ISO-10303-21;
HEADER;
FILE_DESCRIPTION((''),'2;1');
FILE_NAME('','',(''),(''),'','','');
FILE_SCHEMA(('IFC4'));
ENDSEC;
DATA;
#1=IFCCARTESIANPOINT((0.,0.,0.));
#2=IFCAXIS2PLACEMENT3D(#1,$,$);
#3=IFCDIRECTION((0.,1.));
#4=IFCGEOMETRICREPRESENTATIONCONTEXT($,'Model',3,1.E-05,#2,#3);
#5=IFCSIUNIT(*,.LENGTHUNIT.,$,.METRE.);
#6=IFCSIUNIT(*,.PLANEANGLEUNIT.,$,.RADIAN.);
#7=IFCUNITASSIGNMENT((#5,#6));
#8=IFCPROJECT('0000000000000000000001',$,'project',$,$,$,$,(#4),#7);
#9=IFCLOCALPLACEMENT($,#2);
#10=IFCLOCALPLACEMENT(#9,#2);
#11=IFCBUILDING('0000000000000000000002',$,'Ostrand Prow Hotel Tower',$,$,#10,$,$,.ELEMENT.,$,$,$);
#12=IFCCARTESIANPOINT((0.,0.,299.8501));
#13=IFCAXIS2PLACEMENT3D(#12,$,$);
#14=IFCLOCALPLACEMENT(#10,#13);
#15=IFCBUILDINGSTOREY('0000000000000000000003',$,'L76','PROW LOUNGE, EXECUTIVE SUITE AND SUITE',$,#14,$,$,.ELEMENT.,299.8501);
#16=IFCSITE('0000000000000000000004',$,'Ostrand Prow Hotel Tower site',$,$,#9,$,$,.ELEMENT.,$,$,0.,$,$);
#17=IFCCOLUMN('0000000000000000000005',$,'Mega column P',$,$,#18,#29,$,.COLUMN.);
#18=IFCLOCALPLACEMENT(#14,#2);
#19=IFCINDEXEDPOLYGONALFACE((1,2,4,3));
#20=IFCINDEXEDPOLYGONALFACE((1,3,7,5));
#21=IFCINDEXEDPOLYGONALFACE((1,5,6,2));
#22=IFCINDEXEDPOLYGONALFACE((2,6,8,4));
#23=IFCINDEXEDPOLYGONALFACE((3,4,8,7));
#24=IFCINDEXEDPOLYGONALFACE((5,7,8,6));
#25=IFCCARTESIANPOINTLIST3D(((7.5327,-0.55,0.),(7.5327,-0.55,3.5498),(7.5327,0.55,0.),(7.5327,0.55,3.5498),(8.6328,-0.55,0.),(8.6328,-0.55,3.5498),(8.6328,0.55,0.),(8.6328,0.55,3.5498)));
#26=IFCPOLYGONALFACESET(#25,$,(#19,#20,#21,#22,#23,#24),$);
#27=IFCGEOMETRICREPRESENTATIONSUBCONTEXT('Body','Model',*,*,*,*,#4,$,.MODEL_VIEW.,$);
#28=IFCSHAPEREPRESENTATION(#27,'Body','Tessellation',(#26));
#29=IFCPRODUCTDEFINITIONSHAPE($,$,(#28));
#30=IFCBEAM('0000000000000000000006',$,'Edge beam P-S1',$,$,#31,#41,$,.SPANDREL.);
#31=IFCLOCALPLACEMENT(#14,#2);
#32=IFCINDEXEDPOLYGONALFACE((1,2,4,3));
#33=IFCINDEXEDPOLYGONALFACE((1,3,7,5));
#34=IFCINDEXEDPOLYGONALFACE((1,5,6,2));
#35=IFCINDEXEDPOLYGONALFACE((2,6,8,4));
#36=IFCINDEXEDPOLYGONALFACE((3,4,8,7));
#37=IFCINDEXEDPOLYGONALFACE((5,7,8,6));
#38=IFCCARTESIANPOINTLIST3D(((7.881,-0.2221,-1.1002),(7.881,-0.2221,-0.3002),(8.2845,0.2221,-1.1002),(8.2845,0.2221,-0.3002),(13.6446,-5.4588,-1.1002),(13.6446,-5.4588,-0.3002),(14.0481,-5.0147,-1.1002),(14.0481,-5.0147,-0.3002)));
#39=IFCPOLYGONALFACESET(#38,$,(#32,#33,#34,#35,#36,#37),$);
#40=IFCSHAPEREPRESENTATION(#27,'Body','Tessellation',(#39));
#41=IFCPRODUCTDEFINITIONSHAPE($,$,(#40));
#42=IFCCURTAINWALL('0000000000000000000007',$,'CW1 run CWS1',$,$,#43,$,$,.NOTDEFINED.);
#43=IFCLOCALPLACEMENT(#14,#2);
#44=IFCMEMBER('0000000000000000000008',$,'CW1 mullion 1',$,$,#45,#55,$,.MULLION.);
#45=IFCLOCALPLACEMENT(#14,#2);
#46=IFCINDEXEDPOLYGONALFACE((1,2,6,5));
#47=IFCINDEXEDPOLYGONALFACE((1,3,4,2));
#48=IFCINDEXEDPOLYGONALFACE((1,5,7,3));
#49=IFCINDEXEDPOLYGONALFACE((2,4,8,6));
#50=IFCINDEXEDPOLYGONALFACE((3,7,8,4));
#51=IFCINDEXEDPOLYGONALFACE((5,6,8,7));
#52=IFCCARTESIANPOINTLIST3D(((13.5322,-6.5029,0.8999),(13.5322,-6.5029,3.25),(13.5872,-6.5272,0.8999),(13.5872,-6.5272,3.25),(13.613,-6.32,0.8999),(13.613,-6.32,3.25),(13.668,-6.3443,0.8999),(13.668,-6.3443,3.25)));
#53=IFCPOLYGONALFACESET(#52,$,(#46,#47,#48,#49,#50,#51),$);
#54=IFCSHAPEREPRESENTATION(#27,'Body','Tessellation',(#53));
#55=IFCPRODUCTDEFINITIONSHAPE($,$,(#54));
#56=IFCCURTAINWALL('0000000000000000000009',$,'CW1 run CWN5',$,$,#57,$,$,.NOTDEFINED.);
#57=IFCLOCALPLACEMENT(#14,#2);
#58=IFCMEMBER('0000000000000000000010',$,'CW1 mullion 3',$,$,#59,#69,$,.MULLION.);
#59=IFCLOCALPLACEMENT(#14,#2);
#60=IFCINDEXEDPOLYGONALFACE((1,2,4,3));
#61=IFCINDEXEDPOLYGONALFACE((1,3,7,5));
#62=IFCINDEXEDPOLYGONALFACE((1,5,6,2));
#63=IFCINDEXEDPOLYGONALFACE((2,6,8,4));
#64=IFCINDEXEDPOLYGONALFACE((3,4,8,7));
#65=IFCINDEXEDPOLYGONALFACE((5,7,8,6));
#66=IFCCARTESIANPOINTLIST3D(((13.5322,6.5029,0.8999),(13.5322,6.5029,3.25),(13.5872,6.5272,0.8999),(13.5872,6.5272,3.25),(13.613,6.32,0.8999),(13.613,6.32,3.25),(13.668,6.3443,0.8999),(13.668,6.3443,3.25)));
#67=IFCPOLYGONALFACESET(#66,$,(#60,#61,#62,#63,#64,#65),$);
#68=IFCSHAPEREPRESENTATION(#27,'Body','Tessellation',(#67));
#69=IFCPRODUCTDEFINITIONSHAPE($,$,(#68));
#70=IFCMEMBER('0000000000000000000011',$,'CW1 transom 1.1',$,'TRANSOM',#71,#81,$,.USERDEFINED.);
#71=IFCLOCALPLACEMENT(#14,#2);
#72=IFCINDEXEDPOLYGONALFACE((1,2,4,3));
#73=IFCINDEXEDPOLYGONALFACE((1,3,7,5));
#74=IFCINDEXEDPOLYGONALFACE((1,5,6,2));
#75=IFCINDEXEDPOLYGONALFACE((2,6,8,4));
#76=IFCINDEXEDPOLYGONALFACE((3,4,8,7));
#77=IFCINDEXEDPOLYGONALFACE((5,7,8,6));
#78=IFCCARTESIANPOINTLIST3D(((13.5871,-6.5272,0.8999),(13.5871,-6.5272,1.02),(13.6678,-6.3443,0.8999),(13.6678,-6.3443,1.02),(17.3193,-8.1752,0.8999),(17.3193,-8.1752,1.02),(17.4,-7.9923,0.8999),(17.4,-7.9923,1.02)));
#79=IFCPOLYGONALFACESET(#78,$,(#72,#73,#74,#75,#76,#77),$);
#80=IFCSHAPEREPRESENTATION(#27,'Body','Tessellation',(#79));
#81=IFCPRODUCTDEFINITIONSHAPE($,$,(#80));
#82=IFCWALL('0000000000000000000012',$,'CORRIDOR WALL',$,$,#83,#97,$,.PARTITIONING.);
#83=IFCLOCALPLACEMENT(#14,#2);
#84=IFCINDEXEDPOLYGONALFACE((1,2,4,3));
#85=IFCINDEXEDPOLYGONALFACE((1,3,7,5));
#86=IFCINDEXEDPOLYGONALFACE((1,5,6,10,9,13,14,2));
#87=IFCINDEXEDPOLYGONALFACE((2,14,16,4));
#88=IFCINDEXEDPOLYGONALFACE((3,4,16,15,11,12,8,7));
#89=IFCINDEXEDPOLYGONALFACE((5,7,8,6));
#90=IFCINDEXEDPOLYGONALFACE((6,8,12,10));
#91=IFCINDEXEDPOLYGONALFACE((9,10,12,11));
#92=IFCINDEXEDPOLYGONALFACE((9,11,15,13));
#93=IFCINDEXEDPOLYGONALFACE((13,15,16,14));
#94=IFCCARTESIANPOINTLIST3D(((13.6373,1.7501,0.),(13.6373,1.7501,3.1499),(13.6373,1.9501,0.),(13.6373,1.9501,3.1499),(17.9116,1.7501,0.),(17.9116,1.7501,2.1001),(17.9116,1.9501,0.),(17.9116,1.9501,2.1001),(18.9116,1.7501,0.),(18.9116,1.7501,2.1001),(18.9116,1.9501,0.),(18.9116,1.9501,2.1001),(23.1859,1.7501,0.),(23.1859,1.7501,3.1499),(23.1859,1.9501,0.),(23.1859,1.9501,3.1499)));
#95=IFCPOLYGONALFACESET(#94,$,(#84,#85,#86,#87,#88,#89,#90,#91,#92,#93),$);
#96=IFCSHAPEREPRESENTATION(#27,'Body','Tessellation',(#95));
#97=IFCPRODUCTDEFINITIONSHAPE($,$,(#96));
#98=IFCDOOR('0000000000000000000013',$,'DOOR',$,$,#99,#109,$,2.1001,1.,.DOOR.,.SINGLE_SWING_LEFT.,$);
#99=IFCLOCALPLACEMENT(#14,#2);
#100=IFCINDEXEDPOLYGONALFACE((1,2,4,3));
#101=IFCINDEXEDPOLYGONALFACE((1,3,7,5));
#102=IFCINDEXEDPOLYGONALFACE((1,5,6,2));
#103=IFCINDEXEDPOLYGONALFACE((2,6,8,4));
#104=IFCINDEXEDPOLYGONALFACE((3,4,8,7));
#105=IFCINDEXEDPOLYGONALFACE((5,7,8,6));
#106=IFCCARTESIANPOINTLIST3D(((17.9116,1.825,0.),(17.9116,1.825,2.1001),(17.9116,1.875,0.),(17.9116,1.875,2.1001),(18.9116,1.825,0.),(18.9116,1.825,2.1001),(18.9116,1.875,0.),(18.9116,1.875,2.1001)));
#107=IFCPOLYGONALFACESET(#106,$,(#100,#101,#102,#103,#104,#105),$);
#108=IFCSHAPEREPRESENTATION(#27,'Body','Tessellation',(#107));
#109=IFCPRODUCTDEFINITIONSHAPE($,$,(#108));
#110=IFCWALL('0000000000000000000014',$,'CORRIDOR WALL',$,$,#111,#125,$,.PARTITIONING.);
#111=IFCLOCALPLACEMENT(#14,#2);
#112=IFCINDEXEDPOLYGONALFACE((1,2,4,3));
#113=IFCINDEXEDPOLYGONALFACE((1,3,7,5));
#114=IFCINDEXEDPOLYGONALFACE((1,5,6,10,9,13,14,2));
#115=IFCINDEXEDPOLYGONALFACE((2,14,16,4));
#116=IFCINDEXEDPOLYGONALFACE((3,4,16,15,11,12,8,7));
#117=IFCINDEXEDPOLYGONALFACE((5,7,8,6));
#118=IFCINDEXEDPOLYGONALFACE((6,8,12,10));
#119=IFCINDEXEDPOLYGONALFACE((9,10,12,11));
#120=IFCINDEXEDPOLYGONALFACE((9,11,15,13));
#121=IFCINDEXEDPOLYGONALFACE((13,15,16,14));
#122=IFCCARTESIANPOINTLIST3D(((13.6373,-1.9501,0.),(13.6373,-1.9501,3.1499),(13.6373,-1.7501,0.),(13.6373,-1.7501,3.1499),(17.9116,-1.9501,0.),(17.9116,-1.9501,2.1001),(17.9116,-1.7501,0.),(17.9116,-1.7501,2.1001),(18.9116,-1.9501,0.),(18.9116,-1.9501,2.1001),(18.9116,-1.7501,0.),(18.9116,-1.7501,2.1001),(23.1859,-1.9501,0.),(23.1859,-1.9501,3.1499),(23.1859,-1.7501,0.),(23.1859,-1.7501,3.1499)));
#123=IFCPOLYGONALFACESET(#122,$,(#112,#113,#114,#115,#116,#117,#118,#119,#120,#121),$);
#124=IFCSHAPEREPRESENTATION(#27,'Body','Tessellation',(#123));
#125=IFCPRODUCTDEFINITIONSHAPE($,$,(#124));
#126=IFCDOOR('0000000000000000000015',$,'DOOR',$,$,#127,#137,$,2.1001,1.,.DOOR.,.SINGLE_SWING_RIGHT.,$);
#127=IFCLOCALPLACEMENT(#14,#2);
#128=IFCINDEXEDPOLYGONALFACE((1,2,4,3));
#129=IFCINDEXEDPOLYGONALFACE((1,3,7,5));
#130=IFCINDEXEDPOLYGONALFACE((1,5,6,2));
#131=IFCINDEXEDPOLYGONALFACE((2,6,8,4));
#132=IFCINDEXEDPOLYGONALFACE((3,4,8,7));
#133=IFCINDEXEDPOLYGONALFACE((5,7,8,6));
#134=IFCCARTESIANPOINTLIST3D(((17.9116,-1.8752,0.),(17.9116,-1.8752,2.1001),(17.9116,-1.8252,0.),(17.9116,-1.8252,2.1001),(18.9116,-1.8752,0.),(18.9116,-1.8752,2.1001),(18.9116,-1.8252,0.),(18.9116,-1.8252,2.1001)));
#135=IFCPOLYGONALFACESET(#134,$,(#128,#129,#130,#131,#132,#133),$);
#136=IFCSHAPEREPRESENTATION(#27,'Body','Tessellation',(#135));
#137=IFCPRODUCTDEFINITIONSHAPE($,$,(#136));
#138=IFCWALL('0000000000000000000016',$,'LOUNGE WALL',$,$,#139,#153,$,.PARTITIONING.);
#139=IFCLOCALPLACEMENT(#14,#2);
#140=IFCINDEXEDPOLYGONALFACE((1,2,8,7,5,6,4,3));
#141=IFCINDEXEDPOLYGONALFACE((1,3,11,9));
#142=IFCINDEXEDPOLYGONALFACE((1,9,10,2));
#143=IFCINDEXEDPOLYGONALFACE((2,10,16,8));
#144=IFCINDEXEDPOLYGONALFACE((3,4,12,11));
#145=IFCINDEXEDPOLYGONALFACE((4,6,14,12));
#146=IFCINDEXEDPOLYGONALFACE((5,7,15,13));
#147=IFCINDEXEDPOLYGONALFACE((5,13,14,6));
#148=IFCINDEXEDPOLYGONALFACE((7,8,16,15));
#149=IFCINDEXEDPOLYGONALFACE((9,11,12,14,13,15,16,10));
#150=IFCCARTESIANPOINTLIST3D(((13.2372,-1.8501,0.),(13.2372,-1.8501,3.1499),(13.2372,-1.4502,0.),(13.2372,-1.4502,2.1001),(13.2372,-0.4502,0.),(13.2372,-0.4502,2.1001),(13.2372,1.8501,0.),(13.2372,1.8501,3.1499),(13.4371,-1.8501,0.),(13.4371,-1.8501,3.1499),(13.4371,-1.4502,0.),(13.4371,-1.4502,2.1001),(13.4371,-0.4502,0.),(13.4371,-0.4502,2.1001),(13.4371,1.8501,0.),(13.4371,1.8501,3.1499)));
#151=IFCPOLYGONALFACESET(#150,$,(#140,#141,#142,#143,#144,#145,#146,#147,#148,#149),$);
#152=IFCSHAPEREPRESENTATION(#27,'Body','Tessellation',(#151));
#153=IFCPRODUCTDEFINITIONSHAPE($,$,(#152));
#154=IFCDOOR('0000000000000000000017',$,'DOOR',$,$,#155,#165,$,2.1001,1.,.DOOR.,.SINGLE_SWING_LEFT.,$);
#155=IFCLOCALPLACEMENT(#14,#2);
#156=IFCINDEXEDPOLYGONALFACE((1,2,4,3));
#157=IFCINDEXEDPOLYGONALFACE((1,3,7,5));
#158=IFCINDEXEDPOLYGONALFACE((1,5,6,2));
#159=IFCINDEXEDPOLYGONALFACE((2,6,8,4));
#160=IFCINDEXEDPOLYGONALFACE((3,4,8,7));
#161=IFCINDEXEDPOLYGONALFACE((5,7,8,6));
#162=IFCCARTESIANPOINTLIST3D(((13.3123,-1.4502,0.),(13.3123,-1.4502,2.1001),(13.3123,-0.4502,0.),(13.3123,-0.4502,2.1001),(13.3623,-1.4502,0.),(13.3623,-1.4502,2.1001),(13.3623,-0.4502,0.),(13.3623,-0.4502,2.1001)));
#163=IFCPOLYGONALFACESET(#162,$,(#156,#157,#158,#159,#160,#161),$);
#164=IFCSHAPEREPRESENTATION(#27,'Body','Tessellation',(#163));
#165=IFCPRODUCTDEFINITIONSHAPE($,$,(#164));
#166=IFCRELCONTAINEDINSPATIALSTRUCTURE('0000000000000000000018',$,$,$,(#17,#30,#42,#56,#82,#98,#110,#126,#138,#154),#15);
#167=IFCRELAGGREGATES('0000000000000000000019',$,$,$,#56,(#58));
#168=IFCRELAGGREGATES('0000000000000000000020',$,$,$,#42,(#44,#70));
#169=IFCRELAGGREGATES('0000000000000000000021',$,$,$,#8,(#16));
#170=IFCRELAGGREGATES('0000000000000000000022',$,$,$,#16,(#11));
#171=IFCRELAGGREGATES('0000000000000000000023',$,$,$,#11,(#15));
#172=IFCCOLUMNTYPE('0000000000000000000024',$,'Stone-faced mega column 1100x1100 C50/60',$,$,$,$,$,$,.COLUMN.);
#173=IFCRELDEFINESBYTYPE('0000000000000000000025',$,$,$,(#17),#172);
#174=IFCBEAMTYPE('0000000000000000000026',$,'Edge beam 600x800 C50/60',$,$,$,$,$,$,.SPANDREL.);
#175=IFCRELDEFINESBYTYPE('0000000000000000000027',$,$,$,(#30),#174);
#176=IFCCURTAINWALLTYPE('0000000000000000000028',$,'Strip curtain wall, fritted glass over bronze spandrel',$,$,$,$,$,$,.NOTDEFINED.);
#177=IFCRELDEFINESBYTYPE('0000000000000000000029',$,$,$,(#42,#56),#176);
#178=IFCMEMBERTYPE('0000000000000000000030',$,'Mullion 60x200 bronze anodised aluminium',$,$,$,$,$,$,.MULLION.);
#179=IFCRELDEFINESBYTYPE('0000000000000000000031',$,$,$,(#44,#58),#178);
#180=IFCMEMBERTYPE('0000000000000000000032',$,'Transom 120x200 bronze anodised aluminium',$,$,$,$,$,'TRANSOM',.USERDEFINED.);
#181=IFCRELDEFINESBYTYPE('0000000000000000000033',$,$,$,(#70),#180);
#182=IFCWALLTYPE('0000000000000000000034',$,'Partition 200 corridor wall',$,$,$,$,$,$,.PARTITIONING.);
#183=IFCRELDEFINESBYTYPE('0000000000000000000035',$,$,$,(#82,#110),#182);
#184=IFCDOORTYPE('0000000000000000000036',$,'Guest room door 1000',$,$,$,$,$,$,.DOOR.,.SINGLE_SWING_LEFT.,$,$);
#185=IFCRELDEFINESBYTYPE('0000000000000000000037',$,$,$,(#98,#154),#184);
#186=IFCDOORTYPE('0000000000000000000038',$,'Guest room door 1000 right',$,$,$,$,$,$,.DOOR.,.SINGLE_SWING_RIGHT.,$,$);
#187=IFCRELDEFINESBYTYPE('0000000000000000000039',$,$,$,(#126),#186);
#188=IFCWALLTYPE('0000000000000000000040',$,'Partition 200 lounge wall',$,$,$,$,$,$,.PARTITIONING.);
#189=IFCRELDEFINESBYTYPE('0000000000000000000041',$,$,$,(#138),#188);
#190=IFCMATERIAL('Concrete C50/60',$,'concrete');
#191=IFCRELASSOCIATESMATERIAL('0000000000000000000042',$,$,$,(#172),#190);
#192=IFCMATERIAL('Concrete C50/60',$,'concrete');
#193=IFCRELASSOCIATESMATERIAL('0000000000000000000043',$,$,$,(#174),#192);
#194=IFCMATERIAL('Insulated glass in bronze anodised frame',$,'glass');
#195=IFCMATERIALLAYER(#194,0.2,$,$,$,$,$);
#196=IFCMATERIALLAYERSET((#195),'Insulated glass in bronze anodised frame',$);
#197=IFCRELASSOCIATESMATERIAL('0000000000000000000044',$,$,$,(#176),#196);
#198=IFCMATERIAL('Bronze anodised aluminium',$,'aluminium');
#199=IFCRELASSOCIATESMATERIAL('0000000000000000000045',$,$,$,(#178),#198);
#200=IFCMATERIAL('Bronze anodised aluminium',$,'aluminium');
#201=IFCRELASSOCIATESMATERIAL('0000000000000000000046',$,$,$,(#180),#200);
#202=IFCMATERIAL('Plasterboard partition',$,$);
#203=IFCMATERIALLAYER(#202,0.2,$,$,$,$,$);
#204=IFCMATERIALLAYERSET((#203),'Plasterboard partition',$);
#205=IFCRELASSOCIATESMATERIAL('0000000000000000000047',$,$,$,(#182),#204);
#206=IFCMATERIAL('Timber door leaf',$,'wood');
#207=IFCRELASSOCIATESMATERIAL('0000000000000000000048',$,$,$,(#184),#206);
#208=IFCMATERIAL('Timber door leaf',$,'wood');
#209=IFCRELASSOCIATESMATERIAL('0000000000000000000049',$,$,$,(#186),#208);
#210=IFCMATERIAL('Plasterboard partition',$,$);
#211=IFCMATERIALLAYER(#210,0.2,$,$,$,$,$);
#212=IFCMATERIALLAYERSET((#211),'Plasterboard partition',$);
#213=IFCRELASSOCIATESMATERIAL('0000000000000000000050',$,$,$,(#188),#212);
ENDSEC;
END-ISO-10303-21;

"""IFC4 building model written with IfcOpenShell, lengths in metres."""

from ifc_helpers import new_model, si_unit, direction, frame, frame_2d, origin, origin_2d, place, context, subcontext, project, spatial, rectangle, extrude, material, layer, layer_set, material_profile, profile_set, type_object, element, fill, aggregate, save


model = new_model("IFC4")

# Units and contexts
model_context = context("Model", 3, precision=1e-05, world=origin(), true_north=direction((0.0, 1.0)))
body_context = subcontext(model_context, "Body", "Model", "MODEL_VIEW")
ifc_project = project(units=[si_unit("LENGTHUNIT", "METRE"), si_unit("PLANEANGLEUNIT", "RADIAN")], contexts=[model_context])

# Site, building, storey
site_placement = place(None, origin())
site = spatial("IfcSite", under=ifc_project, at=site_placement, Name="Ostrand Prow Hotel Tower site", CompositionType="ELEMENT", RefElevation=0.0)
building_placement = place(site_placement, origin())
building = spatial("IfcBuilding", under=site, at=building_placement, Name="Ostrand Prow Hotel Tower", CompositionType="ELEMENT")
storey_placement = place(building_placement, frame((0.0, 0.0, 299.8501)))
storey = spatial("IfcBuildingStorey", under=building, at=storey_placement, Name="L76", Description="PROW LOUNGE, EXECUTIVE SUITE AND SUITE", CompositionType="ELEMENT", Elevation=299.8501)

# Column
ifc_material_1 = material(Name="Concrete C50/60", Category="concrete")
ifc_material_profile_1 = material_profile(ifc_material_1, rectangle(XDim=1.1001, YDim=1.1001, at=origin_2d()), Name="RC 1100x1100")
ifc_profile_set_1 = profile_set([ifc_material_profile_1], Name="Concrete C50/60")
column_type = type_object("IfcColumnType", Name="Stone-faced mega column 1100x1100 C50/60", PredefinedType="COLUMN", material=ifc_profile_set_1)
column_placement = place(storey_placement, frame((8.0828, 0.0, 0.0), z_axis=(0.0, 0.0, 1.0), x_axis=(1.0, 0.0, 0.0)))
element("IfcColumn", 1, at=column_placement, inside=storey, type_object=column_type, Name="Mega column P", PredefinedType="COLUMN", context=body_context, shape_type="SweptSolid", body=[
    extrude(rectangle(XDim=1.1001, YDim=1.1001, at=origin_2d()), origin(), (0.0, 0.0, 1.0), 3.5498),
])

# Beam
ifc_material_2 = material(Name="Concrete C50/60", Category="concrete")
ifc_material_profile_2 = material_profile(ifc_material_2, rectangle(XDim=0.6001, YDim=0.8, at=origin_2d()), Name="RC 600x800")
ifc_profile_set_2 = profile_set([ifc_material_profile_2], Name="Concrete C50/60")
beam_type = type_object("IfcBeamType", Name="Edge beam 600x800 C50/60", PredefinedType="SPANDREL", material=ifc_profile_set_2)
beam_placement = place(storey_placement, frame((8.0828, 0.0, -0.7002), z_axis=(0.740124, -0.67247, 0.0), x_axis=(0.67247, 0.740124, 0.0)))
element("IfcBeam", 2, at=beam_placement, inside=storey, type_object=beam_type, Name="Edge beam P-S1", PredefinedType="SPANDREL", context=body_context, shape_type="SweptSolid", body=[
    extrude(rectangle(XDim=0.6001, YDim=0.8, at=origin_2d()), origin(), (0.0, 0.0, 1.0), 7.7874),
])

# Curtain walls, members
ifc_material_3 = material(Name="Insulated glass in bronze anodised frame", Category="glass")
ifc_layer_1 = layer(ifc_material_3, 0.2)
ifc_layer_set_1 = layer_set([ifc_layer_1], Name="Insulated glass in bronze anodised frame")
curtain_wall_type = type_object("IfcCurtainWallType", Name="Strip curtain wall, fritted glass over bronze spandrel", PredefinedType="NOTDEFINED", material=ifc_layer_set_1)
curtain_wall_1_placement = place(storey_placement, origin())
curtain_wall_1 = element("IfcCurtainWall", 3, at=curtain_wall_1_placement, inside=storey, type_object=curtain_wall_type, Name="CW1 run CWS1", PredefinedType="NOTDEFINED")
ifc_material_4 = material(Name="Bronze anodised aluminium", Category="aluminium")
ifc_material_profile_3 = material_profile(ifc_material_4, rectangle(XDim=0.2, YDim=0.0601, at=origin_2d()), Name="Mullion 60x200 bronze anodised aluminium")
ifc_profile_set_3 = profile_set([ifc_material_profile_3], Name="Bronze anodised aluminium")
member_type_1 = type_object("IfcMemberType", Name="Mullion 60x200 bronze anodised aluminium", PredefinedType="MULLION", material=ifc_profile_set_3)
member_1_placement = place(storey_placement, frame((13.6001, -6.4236, 0.8999), z_axis=(0.0, 0.0, 1.0), x_axis=(0.40394, 0.914786, 0.0)))
member_1 = element("IfcMember", 4, at=member_1_placement, type_object=member_type_1, Name="CW1 mullion 1", PredefinedType="MULLION", context=body_context, shape_type="SweptSolid", body=[
    extrude(rectangle(XDim=0.2, YDim=0.0601, at=origin_2d()), origin(), (0.0, 0.0, 1.0), 2.3501),
])
curtain_wall_2_placement = place(storey_placement, origin())
curtain_wall_2 = element("IfcCurtainWall", 5, at=curtain_wall_2_placement, inside=storey, type_object=curtain_wall_type, Name="CW1 run CWN5", PredefinedType="NOTDEFINED")
member_2_placement = place(storey_placement, frame((13.6001, 6.4236, 0.8999), z_axis=(0.0, 0.0, 1.0), x_axis=(0.40394, -0.914786, 0.0)))
member_2 = element("IfcMember", 6, at=member_2_placement, type_object=member_type_1, Name="CW1 mullion 3", PredefinedType="MULLION", context=body_context, shape_type="SweptSolid", body=[
    extrude(rectangle(XDim=0.2, YDim=0.0601, at=origin_2d()), origin(), (0.0, 0.0, 1.0), 2.3501),
])
aggregate(curtain_wall_2, [member_2])

# Member
ifc_material_5 = material(Name="Bronze anodised aluminium", Category="aluminium")
ifc_material_profile_4 = material_profile(ifc_material_5, rectangle(XDim=0.2, YDim=0.1201, at=origin_2d()), Name="Transom 120x200 bronze anodised aluminium")
ifc_profile_set_4 = profile_set([ifc_material_profile_4], Name="Bronze anodised aluminium")
member_type_2 = type_object("IfcMemberType", Name="Transom 120x200 bronze anodised aluminium", ElementType="TRANSOM", PredefinedType="USERDEFINED", material=ifc_profile_set_4)
member_3_placement = place(storey_placement, frame((13.6274, -6.4358, 0.96), z_axis=(0.914791, -0.403927, 0.0), x_axis=(0.403927, 0.914791, 0.0)))
member_3 = element("IfcMember", 7, at=member_3_placement, type_object=member_type_2, Name="CW1 transom 1.1", ObjectType="TRANSOM", PredefinedType="USERDEFINED", context=body_context, shape_type="SweptSolid", body=[
    extrude(rectangle(XDim=0.2, YDim=0.1201, at=origin_2d()), origin(), (0.0, 0.0, 1.0), 4.0798),
])
aggregate(curtain_wall_1, [member_1, member_3])

# Walls, openings, doors
ifc_material_6 = material(Name="Plasterboard partition")
ifc_layer_2 = layer(ifc_material_6, 0.2)
ifc_layer_set_2 = layer_set([ifc_layer_2], Name="Plasterboard partition")
wall_type_1 = type_object("IfcWallType", Name="Partition 200 corridor wall", PredefinedType="PARTITIONING", material=ifc_layer_set_2)
wall_1_placement = place(storey_placement, frame((13.6372, 1.8501, 0.0), z_axis=(0.0, 0.0, 1.0), x_axis=(1.0, 0.0, 0.0)))
wall_1 = element("IfcWall", 8, at=wall_1_placement, inside=storey, type_object=wall_type_1, Name="CORRIDOR WALL", PredefinedType="PARTITIONING", context=body_context, shape_type="SweptSolid", body=[
    extrude(rectangle(XDim=9.5486, YDim=0.2, at=frame_2d((4.7744, 0.0))), origin(), (0.0, 0.0, 1.0), 3.1499),
])
opening_1_placement = place(wall_1_placement, frame((4.2744, 0.0, 0.0)))
opening_1 = element("IfcOpeningElement", 9, at=opening_1_placement, cuts=wall_1, PredefinedType="OPENING", context=body_context, shape_type="SweptSolid", body=[
    extrude(rectangle(XDim=1.0, YDim=2.1001, at=frame_2d((0.5, 1.05))), frame((0.0, 0.1099, 0.0), z_axis=(0.0, -1.0, 0.0), x_axis=(1.0, 0.0, 0.0)), (0.0, 0.0, 1.0), 0.22),
])
ifc_material_7 = material(Name="Timber door leaf", Category="wood")
door_type_1 = type_object("IfcDoorType", Name="Guest room door 1000", OperationType="SINGLE_SWING_LEFT", PredefinedType="DOOR", material=ifc_material_7)
door_1_placement = place(opening_1_placement, origin())
door_1 = element("IfcDoor", 10, at=door_1_placement, inside=storey, type_object=door_type_1, Name="DOOR", OperationType="SINGLE_SWING_LEFT", OverallHeight=2.1001, OverallWidth=1.0, PredefinedType="DOOR", context=body_context, shape_type="SweptSolid", body=[
    extrude(rectangle(XDim=1.0, YDim=2.1001, at=frame_2d((0.5, 1.05))), frame((0.0, 0.0249, 0.0), z_axis=(0.0, -1.0, 0.0), x_axis=(1.0, 0.0, 0.0)), (0.0, 0.0, 1.0), 0.05),
])
fill(opening_1, door_1)
wall_2_placement = place(storey_placement, frame((13.6372, -1.8501, 0.0), z_axis=(0.0, 0.0, 1.0), x_axis=(1.0, 0.0, 0.0)))
wall_2 = element("IfcWall", 11, at=wall_2_placement, inside=storey, type_object=wall_type_1, Name="CORRIDOR WALL", PredefinedType="PARTITIONING", context=body_context, shape_type="SweptSolid", body=[
    extrude(rectangle(XDim=9.5486, YDim=0.2, at=frame_2d((4.7744, 0.0))), origin(), (0.0, 0.0, 1.0), 3.1499),
])
opening_2_placement = place(wall_2_placement, frame((4.2744, 0.0, 0.0)))
opening_2 = element("IfcOpeningElement", 12, at=opening_2_placement, cuts=wall_2, PredefinedType="OPENING", context=body_context, shape_type="SweptSolid", body=[
    extrude(rectangle(XDim=1.0, YDim=2.1001, at=frame_2d((0.5, 1.05))), frame((0.0, 0.1099, 0.0), z_axis=(0.0, -1.0, 0.0), x_axis=(1.0, 0.0, 0.0)), (0.0, 0.0, 1.0), 0.22),
])
ifc_material_8 = material(Name="Timber door leaf", Category="wood")
door_type_2 = type_object("IfcDoorType", Name="Guest room door 1000 right", OperationType="SINGLE_SWING_RIGHT", PredefinedType="DOOR", material=ifc_material_8)
door_2_placement = place(opening_2_placement, origin())
door_2 = element("IfcDoor", 13, at=door_2_placement, inside=storey, type_object=door_type_2, Name="DOOR", OperationType="SINGLE_SWING_RIGHT", OverallHeight=2.1001, OverallWidth=1.0, PredefinedType="DOOR", context=body_context, shape_type="SweptSolid", body=[
    extrude(rectangle(XDim=1.0, YDim=2.1001, at=frame_2d((0.5, 1.05))), frame((0.0, 0.0249, 0.0), z_axis=(0.0, -1.0, 0.0), x_axis=(1.0, 0.0, 0.0)), (0.0, 0.0, 1.0), 0.05),
])
fill(opening_2, door_2)
ifc_material_9 = material(Name="Plasterboard partition")
ifc_layer_3 = layer(ifc_material_9, 0.2)
ifc_layer_set_3 = layer_set([ifc_layer_3], Name="Plasterboard partition")
wall_type_2 = type_object("IfcWallType", Name="Partition 200 lounge wall", PredefinedType="PARTITIONING", material=ifc_layer_set_3)
wall_3_placement = place(storey_placement, frame((13.3372, -1.8501, 0.0), z_axis=(0.0, 0.0, 1.0), x_axis=(0.0, 1.0, 0.0)))
wall_3 = element("IfcWall", 14, at=wall_3_placement, inside=storey, type_object=wall_type_2, Name="LOUNGE WALL", PredefinedType="PARTITIONING", context=body_context, shape_type="SweptSolid", body=[
    extrude(rectangle(XDim=3.7002, YDim=0.2, at=frame_2d((1.8501, 0.0))), origin(), (0.0, 0.0, 1.0), 3.1499),
])
opening_3_placement = place(wall_3_placement, frame((0.3999, 0.0, 0.0)))
opening_3 = element("IfcOpeningElement", 15, at=opening_3_placement, cuts=wall_3, PredefinedType="OPENING", context=body_context, shape_type="SweptSolid", body=[
    extrude(rectangle(XDim=1.0, YDim=2.1001, at=frame_2d((0.5, 1.05))), frame((0.0, 0.1099, 0.0), z_axis=(0.0, -1.0, 0.0), x_axis=(1.0, 0.0, 0.0)), (0.0, 0.0, 1.0), 0.22),
])
door_3_placement = place(opening_3_placement, origin())
door_3 = element("IfcDoor", 16, at=door_3_placement, inside=storey, type_object=door_type_1, Name="DOOR", OperationType="SINGLE_SWING_LEFT", OverallHeight=2.1001, OverallWidth=1.0, PredefinedType="DOOR", context=body_context, shape_type="SweptSolid", body=[
    extrude(rectangle(XDim=1.0, YDim=2.1001, at=frame_2d((0.5, 1.05))), frame((0.0, 0.0249, 0.0), z_axis=(0.0, -1.0, 0.0), x_axis=(1.0, 0.0, 0.0)), (0.0, 0.0, 1.0), 0.05),
])
fill(opening_3, door_3)

save(model, "model.ifc")
